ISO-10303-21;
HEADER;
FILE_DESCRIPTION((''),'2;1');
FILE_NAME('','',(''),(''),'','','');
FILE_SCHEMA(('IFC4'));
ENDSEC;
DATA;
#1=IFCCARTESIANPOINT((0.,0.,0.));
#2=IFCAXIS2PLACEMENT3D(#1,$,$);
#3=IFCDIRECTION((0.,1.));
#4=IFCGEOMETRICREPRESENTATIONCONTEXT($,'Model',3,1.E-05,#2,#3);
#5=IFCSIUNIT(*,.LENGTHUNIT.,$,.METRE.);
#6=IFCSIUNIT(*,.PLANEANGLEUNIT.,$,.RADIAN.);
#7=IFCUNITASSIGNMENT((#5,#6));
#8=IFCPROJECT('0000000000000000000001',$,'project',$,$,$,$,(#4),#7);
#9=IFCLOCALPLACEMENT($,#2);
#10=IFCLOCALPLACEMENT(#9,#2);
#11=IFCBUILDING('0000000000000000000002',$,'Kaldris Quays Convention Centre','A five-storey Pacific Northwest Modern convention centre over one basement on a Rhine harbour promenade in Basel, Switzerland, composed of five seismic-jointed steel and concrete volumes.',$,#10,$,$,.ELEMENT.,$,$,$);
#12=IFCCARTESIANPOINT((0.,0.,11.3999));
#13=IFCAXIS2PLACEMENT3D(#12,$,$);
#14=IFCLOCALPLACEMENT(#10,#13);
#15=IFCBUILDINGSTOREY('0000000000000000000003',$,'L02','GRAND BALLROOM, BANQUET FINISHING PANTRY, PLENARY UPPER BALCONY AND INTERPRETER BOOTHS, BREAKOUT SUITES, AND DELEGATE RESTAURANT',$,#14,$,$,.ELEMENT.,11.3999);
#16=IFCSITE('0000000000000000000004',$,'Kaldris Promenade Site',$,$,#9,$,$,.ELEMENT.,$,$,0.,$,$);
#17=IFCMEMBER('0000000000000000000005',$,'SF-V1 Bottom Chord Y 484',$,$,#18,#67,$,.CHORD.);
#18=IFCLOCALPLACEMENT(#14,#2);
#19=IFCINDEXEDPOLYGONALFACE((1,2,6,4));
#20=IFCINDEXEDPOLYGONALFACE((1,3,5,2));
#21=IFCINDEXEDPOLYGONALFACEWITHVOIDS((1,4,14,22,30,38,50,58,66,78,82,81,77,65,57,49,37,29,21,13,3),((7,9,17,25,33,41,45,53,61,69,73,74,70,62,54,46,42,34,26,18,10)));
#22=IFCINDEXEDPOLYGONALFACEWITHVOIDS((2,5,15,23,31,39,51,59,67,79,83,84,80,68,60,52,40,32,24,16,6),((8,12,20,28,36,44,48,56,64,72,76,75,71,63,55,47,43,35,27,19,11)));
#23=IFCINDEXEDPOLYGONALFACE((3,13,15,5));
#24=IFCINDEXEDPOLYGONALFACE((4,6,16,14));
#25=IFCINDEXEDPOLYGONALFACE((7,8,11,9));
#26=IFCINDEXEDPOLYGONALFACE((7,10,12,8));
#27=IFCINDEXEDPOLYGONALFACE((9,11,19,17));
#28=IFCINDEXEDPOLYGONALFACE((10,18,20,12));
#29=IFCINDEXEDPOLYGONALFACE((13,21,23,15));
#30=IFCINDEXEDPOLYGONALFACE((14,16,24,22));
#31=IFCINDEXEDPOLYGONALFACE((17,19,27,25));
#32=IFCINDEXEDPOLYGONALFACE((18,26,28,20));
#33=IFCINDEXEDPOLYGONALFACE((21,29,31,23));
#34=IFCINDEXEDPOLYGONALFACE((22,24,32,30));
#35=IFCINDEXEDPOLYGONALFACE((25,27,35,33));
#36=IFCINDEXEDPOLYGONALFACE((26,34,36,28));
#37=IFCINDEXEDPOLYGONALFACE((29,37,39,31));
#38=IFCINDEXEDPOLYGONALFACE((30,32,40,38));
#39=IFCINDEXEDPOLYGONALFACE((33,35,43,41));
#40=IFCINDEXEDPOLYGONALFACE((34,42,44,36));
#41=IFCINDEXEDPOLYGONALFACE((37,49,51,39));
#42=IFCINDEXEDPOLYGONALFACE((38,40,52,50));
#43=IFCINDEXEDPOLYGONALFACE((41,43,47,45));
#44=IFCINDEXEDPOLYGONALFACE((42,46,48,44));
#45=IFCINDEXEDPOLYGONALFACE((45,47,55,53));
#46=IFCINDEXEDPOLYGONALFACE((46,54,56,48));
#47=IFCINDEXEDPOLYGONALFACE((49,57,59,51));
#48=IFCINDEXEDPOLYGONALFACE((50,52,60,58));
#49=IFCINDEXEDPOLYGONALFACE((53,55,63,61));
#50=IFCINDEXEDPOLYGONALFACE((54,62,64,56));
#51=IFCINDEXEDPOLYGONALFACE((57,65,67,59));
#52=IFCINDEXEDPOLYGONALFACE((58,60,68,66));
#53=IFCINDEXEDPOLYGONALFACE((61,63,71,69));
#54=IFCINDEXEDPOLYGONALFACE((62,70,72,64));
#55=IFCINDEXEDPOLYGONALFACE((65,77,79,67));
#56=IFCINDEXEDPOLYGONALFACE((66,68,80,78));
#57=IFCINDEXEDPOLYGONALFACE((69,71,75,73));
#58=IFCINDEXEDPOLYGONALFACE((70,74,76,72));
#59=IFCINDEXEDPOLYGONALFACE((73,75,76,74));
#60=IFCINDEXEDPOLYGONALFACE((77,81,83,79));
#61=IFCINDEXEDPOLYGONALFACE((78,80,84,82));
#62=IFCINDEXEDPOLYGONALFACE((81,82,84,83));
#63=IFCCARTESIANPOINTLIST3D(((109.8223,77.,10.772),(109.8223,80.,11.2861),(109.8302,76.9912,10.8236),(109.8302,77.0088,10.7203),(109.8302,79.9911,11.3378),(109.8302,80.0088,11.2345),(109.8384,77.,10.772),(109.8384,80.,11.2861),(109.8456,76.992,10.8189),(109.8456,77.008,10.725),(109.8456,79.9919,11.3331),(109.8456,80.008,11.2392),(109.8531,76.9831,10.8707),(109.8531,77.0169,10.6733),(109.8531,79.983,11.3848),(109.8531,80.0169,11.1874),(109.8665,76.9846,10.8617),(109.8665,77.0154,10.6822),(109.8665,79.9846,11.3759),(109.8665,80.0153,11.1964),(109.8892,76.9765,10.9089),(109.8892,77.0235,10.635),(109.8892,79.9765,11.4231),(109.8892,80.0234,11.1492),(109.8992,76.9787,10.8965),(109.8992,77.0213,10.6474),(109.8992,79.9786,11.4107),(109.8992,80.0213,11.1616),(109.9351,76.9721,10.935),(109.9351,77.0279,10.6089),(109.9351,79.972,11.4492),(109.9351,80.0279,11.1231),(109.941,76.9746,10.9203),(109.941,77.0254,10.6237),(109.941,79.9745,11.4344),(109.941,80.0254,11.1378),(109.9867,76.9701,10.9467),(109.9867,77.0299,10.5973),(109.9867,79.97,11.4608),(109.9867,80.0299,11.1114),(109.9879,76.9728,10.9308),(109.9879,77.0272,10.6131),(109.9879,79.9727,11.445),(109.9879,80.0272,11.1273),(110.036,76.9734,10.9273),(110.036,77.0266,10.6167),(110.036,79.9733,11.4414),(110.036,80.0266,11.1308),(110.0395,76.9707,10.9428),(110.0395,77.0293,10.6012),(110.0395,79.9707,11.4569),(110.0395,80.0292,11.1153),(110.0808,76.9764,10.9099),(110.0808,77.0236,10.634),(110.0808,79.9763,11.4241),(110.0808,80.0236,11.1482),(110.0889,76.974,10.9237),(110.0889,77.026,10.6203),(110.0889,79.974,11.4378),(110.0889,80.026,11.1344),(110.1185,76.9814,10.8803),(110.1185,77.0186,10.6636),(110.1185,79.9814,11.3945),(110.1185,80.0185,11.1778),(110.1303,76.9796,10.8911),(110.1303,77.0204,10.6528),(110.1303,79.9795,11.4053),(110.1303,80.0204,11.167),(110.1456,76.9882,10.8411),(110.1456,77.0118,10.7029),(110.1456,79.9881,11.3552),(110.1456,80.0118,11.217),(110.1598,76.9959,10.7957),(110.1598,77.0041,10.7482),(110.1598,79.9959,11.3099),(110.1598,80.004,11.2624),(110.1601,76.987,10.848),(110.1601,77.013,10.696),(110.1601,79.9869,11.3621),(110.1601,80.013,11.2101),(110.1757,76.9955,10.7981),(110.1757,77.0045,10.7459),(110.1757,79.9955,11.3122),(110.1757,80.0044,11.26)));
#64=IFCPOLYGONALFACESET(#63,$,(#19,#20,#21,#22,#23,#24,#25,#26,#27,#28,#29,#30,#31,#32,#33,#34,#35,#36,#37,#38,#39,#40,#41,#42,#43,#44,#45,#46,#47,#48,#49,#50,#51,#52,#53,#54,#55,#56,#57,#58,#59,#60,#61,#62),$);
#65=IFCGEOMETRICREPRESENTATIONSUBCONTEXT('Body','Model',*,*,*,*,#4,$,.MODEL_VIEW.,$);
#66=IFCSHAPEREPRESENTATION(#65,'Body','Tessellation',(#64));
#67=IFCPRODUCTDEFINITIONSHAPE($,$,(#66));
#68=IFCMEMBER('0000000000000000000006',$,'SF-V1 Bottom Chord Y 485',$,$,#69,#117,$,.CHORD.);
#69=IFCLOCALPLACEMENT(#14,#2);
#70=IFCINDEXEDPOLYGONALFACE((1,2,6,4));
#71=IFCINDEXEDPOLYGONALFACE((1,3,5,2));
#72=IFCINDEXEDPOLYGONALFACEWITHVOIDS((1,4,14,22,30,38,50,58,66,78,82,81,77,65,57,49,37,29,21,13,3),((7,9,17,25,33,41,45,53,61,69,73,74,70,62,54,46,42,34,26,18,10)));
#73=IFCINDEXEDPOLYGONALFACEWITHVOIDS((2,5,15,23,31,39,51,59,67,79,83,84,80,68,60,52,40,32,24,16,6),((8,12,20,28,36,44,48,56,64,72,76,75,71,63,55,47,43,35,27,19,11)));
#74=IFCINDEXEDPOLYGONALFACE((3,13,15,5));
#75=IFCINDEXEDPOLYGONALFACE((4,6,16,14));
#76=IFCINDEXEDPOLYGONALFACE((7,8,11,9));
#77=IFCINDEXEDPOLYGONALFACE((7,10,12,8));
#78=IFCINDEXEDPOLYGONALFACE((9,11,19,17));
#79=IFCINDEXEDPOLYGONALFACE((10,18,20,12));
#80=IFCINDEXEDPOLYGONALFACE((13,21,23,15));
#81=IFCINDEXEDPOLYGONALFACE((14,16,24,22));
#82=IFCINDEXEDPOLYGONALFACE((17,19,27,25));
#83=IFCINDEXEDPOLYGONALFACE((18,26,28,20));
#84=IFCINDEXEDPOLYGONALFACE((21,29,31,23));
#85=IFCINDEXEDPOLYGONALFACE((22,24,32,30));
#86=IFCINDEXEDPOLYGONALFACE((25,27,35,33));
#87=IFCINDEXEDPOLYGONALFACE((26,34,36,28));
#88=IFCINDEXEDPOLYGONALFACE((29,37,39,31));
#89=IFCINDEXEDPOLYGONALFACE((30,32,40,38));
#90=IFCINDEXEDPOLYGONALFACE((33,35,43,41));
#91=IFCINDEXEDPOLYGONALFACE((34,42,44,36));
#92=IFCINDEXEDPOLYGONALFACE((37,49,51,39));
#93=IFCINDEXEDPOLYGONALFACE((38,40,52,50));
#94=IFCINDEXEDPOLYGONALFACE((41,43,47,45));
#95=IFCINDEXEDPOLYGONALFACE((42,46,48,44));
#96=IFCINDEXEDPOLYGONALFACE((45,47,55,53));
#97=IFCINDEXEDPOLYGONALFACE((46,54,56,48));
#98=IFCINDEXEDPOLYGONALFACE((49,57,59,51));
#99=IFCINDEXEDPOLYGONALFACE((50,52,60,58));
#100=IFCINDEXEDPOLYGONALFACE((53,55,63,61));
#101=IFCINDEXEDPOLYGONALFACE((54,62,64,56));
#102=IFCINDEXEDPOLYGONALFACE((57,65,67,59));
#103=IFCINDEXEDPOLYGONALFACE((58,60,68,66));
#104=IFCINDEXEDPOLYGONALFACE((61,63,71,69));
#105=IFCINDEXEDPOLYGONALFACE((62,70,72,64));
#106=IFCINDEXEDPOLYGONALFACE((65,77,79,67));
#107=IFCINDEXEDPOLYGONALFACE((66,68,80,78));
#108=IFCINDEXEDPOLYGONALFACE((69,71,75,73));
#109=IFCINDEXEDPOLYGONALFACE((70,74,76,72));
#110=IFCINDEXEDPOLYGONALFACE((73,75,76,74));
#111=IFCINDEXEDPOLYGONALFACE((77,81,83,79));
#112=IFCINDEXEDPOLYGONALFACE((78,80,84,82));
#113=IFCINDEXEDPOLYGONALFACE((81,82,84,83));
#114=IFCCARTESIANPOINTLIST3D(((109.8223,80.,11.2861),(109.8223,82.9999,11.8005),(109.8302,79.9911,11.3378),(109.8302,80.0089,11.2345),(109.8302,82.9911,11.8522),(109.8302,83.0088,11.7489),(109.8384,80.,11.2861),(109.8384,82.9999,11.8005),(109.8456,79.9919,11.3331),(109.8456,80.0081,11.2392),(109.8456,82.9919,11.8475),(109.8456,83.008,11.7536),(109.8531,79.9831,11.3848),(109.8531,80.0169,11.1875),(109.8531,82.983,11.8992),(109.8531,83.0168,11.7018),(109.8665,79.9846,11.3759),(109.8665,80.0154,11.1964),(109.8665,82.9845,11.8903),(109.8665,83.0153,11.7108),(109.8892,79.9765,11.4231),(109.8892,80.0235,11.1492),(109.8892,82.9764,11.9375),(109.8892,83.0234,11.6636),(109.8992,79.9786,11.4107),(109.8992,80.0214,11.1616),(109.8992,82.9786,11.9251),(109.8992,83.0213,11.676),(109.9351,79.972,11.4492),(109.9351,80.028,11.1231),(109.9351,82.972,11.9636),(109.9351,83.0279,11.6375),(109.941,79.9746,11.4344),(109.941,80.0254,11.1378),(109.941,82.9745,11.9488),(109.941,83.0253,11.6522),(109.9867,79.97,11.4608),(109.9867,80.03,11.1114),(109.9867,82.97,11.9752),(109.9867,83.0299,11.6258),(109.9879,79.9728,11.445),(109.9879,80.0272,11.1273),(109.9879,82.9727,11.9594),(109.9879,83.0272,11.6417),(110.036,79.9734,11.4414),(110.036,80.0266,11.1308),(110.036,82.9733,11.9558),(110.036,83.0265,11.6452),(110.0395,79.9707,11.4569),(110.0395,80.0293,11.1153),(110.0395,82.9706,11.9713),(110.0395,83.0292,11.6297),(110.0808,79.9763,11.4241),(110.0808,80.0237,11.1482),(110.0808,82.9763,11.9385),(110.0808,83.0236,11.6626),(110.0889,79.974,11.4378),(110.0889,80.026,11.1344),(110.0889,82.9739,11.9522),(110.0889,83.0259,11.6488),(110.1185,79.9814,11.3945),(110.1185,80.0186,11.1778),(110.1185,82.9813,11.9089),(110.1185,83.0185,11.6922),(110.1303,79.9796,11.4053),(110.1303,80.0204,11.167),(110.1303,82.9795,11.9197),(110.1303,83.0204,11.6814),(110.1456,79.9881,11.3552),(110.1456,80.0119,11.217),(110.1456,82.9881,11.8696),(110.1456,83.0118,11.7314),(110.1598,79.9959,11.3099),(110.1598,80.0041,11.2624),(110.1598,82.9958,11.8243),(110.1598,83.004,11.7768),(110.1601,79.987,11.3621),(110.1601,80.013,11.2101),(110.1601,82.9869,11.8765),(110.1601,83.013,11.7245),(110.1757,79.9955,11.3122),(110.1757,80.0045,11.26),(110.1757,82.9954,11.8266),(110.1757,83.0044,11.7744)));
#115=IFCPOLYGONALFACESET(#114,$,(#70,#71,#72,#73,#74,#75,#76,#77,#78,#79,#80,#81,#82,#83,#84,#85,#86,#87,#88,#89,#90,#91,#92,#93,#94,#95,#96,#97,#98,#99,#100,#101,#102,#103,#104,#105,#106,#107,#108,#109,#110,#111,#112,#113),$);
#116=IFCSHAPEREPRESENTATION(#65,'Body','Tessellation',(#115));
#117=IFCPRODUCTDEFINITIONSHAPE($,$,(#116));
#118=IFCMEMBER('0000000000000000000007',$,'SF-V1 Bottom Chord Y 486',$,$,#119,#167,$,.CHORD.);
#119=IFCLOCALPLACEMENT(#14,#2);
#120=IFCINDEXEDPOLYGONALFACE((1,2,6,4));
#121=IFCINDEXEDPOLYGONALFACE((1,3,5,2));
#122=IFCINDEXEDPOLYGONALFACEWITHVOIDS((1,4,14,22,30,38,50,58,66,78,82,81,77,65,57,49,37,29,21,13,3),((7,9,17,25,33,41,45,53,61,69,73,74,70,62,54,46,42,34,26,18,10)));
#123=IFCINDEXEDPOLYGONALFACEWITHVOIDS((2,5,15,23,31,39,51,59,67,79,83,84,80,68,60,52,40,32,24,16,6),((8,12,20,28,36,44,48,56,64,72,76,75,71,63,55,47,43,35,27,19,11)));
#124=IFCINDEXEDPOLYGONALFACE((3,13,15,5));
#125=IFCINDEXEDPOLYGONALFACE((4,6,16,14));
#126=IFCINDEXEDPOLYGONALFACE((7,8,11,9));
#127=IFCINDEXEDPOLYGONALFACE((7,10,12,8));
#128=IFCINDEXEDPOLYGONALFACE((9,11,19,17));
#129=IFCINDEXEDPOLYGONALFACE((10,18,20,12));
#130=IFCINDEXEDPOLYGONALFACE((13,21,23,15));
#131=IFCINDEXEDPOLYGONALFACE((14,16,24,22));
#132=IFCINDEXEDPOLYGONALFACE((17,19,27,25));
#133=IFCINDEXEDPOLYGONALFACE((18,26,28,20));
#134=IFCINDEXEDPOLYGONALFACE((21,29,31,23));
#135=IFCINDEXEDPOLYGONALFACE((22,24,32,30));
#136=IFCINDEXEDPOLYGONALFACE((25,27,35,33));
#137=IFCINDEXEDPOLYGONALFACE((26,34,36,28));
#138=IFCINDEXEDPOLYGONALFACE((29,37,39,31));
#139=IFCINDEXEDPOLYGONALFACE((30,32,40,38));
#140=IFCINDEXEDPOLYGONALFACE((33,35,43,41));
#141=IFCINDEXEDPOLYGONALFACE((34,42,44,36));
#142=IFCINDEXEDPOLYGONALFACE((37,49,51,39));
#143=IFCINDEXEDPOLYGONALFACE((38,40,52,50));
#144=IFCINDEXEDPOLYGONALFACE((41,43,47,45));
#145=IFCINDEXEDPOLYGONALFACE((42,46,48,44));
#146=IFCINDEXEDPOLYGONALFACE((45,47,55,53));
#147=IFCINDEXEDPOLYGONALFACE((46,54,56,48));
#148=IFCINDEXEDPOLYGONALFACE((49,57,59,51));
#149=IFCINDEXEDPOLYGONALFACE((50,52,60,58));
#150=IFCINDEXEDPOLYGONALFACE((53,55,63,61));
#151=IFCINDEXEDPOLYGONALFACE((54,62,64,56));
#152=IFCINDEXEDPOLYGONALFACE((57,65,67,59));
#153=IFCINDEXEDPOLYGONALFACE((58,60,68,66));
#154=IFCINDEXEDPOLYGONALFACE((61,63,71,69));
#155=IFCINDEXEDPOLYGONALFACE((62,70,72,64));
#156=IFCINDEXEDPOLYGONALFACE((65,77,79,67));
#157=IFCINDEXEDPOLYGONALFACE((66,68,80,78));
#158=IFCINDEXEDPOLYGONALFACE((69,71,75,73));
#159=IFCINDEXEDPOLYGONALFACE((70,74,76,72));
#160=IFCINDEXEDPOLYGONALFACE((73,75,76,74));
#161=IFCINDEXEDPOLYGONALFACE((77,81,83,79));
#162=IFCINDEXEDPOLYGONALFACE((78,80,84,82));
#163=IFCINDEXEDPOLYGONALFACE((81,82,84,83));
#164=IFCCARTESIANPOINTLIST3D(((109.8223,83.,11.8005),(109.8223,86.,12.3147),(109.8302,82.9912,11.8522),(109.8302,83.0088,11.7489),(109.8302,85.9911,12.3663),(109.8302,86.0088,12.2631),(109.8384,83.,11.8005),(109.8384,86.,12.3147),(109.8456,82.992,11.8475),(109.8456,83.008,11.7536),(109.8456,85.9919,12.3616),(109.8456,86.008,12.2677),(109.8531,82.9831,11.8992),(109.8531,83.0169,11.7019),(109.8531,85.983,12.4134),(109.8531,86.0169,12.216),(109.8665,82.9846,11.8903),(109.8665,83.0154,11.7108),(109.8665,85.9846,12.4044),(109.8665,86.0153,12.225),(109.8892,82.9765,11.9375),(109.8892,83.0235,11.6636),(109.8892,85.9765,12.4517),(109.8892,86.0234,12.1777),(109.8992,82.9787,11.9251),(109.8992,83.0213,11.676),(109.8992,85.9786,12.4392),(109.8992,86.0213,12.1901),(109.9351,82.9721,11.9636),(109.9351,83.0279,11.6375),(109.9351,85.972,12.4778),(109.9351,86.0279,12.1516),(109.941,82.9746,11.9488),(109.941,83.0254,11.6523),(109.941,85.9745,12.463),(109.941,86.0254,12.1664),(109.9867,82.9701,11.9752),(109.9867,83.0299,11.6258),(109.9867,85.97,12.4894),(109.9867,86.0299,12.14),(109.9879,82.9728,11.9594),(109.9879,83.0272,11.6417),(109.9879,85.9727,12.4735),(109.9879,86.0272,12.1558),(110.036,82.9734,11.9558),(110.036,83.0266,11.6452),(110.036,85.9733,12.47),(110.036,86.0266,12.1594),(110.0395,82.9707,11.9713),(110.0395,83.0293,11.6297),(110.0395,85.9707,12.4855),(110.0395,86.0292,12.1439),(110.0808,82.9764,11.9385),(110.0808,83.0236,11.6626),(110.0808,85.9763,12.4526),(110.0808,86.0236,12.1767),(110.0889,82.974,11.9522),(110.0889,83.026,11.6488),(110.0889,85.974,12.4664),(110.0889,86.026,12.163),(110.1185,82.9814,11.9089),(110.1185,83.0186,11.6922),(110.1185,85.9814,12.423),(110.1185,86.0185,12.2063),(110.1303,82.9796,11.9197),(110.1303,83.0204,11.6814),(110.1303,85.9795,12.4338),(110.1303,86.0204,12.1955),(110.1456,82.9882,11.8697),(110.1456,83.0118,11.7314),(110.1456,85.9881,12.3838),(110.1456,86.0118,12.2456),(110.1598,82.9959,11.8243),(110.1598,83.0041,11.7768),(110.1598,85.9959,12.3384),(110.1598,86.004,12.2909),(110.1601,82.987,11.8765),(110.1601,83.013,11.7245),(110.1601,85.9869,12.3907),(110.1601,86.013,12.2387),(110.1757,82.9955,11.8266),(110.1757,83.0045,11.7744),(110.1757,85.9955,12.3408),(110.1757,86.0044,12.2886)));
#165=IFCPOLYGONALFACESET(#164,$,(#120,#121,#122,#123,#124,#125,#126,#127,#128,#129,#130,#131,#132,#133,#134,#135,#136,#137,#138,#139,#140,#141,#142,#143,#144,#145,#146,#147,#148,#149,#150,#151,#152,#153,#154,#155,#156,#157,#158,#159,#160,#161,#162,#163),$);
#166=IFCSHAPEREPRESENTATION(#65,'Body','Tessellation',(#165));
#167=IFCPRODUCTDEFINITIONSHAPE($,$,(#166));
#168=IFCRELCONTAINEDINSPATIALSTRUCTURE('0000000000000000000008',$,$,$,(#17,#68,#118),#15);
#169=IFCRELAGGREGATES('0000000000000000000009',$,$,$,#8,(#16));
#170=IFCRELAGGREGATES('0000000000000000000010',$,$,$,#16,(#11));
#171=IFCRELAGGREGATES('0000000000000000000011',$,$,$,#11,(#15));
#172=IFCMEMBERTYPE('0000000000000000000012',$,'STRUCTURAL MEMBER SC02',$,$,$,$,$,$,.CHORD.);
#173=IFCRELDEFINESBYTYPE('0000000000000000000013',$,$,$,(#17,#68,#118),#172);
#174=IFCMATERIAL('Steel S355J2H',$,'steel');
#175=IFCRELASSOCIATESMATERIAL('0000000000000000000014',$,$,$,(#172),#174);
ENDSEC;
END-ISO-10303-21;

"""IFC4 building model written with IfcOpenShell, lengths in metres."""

from ifc_helpers import new_model, si_unit, direction, frame, origin, origin_2d, place, context, subcontext, project, spatial, hollow_circle, extrude, material, material_profile, profile_set, type_object, element, save


model = new_model("IFC4")

# Units and contexts
model_context = context("Model", 3, precision=1e-05, world=origin(), true_north=direction((0.0, 1.0)))
body_context = subcontext(model_context, "Body", "Model", "MODEL_VIEW")
ifc_project = project(units=[si_unit("LENGTHUNIT", "METRE"), si_unit("PLANEANGLEUNIT", "RADIAN")], contexts=[model_context])

# Site, building, storey
site_placement = place(None, origin())
site = spatial("IfcSite", under=ifc_project, at=site_placement, Name="Kaldris Promenade Site", CompositionType="ELEMENT", RefElevation=0.0)
building_placement = place(site_placement, origin())
building = spatial("IfcBuilding", under=site, at=building_placement, Name="Kaldris Quays Convention Centre", Description="A five-storey Pacific Northwest Modern convention centre over one basement on a Rhine harbour promenade in Basel, Switzerland, composed of five seismic-jointed steel and concrete volumes.", CompositionType="ELEMENT")
storey_placement = place(building_placement, frame((0.0, 0.0, 11.3999)))
storey = spatial("IfcBuildingStorey", under=building, at=storey_placement, Name="L02", Description="GRAND BALLROOM, BANQUET FINISHING PANTRY, PLENARY UPPER BALCONY AND INTERPRETER BOOTHS, BREAKOUT SUITES, AND DELEGATE RESTAURANT", CompositionType="ELEMENT", Elevation=11.3999)

# Members
ifc_material_1 = material(Name="Steel S355J2H", Category="steel")
ifc_material_profile_1 = material_profile(ifc_material_1, hollow_circle(Radius=0.1777, WallThickness=0.0161, at=origin_2d()), Name="CHS 355.6x16")
ifc_profile_set_1 = profile_set([ifc_material_profile_1], Name="Steel S355J2H")
member_type_1 = type_object("IfcMemberType", Name="STRUCTURAL MEMBER SC02", PredefinedType="CHORD", material=ifc_profile_set_1)
for number, where, z_axis, x_axis, name in (
    (1, (110.0, 77.0, 10.772), (0.0, 0.985629, 0.168924), (-1.0, 0.0, 0.0), "SF-V1 Bottom Chord Y 484"),
    (2, (110.0, 80.0, 11.2861), (0.0, 0.985616, 0.169002), (-1.0, 0.0, 0.0), "SF-V1 Bottom Chord Y 485"),
    (3, (110.0, 83.0, 11.8005), (0.0, 0.985629, 0.168924), (-1.0, 0.0, 0.0), "SF-V1 Bottom Chord Y 486"),
):
    element("IfcMember", number, at=place(storey_placement, frame(where, z_axis=z_axis, x_axis=x_axis)), inside=storey, type_object=member_type_1, Name=name, PredefinedType="CHORD", context=body_context, shape_type="SweptSolid", body=[
        extrude(hollow_circle(Radius=0.1777, WallThickness=0.0161, at=origin_2d()), origin(), (0.0, 0.0, 1.0), 3.0437),
    ])

save(model, "model.ifc")
